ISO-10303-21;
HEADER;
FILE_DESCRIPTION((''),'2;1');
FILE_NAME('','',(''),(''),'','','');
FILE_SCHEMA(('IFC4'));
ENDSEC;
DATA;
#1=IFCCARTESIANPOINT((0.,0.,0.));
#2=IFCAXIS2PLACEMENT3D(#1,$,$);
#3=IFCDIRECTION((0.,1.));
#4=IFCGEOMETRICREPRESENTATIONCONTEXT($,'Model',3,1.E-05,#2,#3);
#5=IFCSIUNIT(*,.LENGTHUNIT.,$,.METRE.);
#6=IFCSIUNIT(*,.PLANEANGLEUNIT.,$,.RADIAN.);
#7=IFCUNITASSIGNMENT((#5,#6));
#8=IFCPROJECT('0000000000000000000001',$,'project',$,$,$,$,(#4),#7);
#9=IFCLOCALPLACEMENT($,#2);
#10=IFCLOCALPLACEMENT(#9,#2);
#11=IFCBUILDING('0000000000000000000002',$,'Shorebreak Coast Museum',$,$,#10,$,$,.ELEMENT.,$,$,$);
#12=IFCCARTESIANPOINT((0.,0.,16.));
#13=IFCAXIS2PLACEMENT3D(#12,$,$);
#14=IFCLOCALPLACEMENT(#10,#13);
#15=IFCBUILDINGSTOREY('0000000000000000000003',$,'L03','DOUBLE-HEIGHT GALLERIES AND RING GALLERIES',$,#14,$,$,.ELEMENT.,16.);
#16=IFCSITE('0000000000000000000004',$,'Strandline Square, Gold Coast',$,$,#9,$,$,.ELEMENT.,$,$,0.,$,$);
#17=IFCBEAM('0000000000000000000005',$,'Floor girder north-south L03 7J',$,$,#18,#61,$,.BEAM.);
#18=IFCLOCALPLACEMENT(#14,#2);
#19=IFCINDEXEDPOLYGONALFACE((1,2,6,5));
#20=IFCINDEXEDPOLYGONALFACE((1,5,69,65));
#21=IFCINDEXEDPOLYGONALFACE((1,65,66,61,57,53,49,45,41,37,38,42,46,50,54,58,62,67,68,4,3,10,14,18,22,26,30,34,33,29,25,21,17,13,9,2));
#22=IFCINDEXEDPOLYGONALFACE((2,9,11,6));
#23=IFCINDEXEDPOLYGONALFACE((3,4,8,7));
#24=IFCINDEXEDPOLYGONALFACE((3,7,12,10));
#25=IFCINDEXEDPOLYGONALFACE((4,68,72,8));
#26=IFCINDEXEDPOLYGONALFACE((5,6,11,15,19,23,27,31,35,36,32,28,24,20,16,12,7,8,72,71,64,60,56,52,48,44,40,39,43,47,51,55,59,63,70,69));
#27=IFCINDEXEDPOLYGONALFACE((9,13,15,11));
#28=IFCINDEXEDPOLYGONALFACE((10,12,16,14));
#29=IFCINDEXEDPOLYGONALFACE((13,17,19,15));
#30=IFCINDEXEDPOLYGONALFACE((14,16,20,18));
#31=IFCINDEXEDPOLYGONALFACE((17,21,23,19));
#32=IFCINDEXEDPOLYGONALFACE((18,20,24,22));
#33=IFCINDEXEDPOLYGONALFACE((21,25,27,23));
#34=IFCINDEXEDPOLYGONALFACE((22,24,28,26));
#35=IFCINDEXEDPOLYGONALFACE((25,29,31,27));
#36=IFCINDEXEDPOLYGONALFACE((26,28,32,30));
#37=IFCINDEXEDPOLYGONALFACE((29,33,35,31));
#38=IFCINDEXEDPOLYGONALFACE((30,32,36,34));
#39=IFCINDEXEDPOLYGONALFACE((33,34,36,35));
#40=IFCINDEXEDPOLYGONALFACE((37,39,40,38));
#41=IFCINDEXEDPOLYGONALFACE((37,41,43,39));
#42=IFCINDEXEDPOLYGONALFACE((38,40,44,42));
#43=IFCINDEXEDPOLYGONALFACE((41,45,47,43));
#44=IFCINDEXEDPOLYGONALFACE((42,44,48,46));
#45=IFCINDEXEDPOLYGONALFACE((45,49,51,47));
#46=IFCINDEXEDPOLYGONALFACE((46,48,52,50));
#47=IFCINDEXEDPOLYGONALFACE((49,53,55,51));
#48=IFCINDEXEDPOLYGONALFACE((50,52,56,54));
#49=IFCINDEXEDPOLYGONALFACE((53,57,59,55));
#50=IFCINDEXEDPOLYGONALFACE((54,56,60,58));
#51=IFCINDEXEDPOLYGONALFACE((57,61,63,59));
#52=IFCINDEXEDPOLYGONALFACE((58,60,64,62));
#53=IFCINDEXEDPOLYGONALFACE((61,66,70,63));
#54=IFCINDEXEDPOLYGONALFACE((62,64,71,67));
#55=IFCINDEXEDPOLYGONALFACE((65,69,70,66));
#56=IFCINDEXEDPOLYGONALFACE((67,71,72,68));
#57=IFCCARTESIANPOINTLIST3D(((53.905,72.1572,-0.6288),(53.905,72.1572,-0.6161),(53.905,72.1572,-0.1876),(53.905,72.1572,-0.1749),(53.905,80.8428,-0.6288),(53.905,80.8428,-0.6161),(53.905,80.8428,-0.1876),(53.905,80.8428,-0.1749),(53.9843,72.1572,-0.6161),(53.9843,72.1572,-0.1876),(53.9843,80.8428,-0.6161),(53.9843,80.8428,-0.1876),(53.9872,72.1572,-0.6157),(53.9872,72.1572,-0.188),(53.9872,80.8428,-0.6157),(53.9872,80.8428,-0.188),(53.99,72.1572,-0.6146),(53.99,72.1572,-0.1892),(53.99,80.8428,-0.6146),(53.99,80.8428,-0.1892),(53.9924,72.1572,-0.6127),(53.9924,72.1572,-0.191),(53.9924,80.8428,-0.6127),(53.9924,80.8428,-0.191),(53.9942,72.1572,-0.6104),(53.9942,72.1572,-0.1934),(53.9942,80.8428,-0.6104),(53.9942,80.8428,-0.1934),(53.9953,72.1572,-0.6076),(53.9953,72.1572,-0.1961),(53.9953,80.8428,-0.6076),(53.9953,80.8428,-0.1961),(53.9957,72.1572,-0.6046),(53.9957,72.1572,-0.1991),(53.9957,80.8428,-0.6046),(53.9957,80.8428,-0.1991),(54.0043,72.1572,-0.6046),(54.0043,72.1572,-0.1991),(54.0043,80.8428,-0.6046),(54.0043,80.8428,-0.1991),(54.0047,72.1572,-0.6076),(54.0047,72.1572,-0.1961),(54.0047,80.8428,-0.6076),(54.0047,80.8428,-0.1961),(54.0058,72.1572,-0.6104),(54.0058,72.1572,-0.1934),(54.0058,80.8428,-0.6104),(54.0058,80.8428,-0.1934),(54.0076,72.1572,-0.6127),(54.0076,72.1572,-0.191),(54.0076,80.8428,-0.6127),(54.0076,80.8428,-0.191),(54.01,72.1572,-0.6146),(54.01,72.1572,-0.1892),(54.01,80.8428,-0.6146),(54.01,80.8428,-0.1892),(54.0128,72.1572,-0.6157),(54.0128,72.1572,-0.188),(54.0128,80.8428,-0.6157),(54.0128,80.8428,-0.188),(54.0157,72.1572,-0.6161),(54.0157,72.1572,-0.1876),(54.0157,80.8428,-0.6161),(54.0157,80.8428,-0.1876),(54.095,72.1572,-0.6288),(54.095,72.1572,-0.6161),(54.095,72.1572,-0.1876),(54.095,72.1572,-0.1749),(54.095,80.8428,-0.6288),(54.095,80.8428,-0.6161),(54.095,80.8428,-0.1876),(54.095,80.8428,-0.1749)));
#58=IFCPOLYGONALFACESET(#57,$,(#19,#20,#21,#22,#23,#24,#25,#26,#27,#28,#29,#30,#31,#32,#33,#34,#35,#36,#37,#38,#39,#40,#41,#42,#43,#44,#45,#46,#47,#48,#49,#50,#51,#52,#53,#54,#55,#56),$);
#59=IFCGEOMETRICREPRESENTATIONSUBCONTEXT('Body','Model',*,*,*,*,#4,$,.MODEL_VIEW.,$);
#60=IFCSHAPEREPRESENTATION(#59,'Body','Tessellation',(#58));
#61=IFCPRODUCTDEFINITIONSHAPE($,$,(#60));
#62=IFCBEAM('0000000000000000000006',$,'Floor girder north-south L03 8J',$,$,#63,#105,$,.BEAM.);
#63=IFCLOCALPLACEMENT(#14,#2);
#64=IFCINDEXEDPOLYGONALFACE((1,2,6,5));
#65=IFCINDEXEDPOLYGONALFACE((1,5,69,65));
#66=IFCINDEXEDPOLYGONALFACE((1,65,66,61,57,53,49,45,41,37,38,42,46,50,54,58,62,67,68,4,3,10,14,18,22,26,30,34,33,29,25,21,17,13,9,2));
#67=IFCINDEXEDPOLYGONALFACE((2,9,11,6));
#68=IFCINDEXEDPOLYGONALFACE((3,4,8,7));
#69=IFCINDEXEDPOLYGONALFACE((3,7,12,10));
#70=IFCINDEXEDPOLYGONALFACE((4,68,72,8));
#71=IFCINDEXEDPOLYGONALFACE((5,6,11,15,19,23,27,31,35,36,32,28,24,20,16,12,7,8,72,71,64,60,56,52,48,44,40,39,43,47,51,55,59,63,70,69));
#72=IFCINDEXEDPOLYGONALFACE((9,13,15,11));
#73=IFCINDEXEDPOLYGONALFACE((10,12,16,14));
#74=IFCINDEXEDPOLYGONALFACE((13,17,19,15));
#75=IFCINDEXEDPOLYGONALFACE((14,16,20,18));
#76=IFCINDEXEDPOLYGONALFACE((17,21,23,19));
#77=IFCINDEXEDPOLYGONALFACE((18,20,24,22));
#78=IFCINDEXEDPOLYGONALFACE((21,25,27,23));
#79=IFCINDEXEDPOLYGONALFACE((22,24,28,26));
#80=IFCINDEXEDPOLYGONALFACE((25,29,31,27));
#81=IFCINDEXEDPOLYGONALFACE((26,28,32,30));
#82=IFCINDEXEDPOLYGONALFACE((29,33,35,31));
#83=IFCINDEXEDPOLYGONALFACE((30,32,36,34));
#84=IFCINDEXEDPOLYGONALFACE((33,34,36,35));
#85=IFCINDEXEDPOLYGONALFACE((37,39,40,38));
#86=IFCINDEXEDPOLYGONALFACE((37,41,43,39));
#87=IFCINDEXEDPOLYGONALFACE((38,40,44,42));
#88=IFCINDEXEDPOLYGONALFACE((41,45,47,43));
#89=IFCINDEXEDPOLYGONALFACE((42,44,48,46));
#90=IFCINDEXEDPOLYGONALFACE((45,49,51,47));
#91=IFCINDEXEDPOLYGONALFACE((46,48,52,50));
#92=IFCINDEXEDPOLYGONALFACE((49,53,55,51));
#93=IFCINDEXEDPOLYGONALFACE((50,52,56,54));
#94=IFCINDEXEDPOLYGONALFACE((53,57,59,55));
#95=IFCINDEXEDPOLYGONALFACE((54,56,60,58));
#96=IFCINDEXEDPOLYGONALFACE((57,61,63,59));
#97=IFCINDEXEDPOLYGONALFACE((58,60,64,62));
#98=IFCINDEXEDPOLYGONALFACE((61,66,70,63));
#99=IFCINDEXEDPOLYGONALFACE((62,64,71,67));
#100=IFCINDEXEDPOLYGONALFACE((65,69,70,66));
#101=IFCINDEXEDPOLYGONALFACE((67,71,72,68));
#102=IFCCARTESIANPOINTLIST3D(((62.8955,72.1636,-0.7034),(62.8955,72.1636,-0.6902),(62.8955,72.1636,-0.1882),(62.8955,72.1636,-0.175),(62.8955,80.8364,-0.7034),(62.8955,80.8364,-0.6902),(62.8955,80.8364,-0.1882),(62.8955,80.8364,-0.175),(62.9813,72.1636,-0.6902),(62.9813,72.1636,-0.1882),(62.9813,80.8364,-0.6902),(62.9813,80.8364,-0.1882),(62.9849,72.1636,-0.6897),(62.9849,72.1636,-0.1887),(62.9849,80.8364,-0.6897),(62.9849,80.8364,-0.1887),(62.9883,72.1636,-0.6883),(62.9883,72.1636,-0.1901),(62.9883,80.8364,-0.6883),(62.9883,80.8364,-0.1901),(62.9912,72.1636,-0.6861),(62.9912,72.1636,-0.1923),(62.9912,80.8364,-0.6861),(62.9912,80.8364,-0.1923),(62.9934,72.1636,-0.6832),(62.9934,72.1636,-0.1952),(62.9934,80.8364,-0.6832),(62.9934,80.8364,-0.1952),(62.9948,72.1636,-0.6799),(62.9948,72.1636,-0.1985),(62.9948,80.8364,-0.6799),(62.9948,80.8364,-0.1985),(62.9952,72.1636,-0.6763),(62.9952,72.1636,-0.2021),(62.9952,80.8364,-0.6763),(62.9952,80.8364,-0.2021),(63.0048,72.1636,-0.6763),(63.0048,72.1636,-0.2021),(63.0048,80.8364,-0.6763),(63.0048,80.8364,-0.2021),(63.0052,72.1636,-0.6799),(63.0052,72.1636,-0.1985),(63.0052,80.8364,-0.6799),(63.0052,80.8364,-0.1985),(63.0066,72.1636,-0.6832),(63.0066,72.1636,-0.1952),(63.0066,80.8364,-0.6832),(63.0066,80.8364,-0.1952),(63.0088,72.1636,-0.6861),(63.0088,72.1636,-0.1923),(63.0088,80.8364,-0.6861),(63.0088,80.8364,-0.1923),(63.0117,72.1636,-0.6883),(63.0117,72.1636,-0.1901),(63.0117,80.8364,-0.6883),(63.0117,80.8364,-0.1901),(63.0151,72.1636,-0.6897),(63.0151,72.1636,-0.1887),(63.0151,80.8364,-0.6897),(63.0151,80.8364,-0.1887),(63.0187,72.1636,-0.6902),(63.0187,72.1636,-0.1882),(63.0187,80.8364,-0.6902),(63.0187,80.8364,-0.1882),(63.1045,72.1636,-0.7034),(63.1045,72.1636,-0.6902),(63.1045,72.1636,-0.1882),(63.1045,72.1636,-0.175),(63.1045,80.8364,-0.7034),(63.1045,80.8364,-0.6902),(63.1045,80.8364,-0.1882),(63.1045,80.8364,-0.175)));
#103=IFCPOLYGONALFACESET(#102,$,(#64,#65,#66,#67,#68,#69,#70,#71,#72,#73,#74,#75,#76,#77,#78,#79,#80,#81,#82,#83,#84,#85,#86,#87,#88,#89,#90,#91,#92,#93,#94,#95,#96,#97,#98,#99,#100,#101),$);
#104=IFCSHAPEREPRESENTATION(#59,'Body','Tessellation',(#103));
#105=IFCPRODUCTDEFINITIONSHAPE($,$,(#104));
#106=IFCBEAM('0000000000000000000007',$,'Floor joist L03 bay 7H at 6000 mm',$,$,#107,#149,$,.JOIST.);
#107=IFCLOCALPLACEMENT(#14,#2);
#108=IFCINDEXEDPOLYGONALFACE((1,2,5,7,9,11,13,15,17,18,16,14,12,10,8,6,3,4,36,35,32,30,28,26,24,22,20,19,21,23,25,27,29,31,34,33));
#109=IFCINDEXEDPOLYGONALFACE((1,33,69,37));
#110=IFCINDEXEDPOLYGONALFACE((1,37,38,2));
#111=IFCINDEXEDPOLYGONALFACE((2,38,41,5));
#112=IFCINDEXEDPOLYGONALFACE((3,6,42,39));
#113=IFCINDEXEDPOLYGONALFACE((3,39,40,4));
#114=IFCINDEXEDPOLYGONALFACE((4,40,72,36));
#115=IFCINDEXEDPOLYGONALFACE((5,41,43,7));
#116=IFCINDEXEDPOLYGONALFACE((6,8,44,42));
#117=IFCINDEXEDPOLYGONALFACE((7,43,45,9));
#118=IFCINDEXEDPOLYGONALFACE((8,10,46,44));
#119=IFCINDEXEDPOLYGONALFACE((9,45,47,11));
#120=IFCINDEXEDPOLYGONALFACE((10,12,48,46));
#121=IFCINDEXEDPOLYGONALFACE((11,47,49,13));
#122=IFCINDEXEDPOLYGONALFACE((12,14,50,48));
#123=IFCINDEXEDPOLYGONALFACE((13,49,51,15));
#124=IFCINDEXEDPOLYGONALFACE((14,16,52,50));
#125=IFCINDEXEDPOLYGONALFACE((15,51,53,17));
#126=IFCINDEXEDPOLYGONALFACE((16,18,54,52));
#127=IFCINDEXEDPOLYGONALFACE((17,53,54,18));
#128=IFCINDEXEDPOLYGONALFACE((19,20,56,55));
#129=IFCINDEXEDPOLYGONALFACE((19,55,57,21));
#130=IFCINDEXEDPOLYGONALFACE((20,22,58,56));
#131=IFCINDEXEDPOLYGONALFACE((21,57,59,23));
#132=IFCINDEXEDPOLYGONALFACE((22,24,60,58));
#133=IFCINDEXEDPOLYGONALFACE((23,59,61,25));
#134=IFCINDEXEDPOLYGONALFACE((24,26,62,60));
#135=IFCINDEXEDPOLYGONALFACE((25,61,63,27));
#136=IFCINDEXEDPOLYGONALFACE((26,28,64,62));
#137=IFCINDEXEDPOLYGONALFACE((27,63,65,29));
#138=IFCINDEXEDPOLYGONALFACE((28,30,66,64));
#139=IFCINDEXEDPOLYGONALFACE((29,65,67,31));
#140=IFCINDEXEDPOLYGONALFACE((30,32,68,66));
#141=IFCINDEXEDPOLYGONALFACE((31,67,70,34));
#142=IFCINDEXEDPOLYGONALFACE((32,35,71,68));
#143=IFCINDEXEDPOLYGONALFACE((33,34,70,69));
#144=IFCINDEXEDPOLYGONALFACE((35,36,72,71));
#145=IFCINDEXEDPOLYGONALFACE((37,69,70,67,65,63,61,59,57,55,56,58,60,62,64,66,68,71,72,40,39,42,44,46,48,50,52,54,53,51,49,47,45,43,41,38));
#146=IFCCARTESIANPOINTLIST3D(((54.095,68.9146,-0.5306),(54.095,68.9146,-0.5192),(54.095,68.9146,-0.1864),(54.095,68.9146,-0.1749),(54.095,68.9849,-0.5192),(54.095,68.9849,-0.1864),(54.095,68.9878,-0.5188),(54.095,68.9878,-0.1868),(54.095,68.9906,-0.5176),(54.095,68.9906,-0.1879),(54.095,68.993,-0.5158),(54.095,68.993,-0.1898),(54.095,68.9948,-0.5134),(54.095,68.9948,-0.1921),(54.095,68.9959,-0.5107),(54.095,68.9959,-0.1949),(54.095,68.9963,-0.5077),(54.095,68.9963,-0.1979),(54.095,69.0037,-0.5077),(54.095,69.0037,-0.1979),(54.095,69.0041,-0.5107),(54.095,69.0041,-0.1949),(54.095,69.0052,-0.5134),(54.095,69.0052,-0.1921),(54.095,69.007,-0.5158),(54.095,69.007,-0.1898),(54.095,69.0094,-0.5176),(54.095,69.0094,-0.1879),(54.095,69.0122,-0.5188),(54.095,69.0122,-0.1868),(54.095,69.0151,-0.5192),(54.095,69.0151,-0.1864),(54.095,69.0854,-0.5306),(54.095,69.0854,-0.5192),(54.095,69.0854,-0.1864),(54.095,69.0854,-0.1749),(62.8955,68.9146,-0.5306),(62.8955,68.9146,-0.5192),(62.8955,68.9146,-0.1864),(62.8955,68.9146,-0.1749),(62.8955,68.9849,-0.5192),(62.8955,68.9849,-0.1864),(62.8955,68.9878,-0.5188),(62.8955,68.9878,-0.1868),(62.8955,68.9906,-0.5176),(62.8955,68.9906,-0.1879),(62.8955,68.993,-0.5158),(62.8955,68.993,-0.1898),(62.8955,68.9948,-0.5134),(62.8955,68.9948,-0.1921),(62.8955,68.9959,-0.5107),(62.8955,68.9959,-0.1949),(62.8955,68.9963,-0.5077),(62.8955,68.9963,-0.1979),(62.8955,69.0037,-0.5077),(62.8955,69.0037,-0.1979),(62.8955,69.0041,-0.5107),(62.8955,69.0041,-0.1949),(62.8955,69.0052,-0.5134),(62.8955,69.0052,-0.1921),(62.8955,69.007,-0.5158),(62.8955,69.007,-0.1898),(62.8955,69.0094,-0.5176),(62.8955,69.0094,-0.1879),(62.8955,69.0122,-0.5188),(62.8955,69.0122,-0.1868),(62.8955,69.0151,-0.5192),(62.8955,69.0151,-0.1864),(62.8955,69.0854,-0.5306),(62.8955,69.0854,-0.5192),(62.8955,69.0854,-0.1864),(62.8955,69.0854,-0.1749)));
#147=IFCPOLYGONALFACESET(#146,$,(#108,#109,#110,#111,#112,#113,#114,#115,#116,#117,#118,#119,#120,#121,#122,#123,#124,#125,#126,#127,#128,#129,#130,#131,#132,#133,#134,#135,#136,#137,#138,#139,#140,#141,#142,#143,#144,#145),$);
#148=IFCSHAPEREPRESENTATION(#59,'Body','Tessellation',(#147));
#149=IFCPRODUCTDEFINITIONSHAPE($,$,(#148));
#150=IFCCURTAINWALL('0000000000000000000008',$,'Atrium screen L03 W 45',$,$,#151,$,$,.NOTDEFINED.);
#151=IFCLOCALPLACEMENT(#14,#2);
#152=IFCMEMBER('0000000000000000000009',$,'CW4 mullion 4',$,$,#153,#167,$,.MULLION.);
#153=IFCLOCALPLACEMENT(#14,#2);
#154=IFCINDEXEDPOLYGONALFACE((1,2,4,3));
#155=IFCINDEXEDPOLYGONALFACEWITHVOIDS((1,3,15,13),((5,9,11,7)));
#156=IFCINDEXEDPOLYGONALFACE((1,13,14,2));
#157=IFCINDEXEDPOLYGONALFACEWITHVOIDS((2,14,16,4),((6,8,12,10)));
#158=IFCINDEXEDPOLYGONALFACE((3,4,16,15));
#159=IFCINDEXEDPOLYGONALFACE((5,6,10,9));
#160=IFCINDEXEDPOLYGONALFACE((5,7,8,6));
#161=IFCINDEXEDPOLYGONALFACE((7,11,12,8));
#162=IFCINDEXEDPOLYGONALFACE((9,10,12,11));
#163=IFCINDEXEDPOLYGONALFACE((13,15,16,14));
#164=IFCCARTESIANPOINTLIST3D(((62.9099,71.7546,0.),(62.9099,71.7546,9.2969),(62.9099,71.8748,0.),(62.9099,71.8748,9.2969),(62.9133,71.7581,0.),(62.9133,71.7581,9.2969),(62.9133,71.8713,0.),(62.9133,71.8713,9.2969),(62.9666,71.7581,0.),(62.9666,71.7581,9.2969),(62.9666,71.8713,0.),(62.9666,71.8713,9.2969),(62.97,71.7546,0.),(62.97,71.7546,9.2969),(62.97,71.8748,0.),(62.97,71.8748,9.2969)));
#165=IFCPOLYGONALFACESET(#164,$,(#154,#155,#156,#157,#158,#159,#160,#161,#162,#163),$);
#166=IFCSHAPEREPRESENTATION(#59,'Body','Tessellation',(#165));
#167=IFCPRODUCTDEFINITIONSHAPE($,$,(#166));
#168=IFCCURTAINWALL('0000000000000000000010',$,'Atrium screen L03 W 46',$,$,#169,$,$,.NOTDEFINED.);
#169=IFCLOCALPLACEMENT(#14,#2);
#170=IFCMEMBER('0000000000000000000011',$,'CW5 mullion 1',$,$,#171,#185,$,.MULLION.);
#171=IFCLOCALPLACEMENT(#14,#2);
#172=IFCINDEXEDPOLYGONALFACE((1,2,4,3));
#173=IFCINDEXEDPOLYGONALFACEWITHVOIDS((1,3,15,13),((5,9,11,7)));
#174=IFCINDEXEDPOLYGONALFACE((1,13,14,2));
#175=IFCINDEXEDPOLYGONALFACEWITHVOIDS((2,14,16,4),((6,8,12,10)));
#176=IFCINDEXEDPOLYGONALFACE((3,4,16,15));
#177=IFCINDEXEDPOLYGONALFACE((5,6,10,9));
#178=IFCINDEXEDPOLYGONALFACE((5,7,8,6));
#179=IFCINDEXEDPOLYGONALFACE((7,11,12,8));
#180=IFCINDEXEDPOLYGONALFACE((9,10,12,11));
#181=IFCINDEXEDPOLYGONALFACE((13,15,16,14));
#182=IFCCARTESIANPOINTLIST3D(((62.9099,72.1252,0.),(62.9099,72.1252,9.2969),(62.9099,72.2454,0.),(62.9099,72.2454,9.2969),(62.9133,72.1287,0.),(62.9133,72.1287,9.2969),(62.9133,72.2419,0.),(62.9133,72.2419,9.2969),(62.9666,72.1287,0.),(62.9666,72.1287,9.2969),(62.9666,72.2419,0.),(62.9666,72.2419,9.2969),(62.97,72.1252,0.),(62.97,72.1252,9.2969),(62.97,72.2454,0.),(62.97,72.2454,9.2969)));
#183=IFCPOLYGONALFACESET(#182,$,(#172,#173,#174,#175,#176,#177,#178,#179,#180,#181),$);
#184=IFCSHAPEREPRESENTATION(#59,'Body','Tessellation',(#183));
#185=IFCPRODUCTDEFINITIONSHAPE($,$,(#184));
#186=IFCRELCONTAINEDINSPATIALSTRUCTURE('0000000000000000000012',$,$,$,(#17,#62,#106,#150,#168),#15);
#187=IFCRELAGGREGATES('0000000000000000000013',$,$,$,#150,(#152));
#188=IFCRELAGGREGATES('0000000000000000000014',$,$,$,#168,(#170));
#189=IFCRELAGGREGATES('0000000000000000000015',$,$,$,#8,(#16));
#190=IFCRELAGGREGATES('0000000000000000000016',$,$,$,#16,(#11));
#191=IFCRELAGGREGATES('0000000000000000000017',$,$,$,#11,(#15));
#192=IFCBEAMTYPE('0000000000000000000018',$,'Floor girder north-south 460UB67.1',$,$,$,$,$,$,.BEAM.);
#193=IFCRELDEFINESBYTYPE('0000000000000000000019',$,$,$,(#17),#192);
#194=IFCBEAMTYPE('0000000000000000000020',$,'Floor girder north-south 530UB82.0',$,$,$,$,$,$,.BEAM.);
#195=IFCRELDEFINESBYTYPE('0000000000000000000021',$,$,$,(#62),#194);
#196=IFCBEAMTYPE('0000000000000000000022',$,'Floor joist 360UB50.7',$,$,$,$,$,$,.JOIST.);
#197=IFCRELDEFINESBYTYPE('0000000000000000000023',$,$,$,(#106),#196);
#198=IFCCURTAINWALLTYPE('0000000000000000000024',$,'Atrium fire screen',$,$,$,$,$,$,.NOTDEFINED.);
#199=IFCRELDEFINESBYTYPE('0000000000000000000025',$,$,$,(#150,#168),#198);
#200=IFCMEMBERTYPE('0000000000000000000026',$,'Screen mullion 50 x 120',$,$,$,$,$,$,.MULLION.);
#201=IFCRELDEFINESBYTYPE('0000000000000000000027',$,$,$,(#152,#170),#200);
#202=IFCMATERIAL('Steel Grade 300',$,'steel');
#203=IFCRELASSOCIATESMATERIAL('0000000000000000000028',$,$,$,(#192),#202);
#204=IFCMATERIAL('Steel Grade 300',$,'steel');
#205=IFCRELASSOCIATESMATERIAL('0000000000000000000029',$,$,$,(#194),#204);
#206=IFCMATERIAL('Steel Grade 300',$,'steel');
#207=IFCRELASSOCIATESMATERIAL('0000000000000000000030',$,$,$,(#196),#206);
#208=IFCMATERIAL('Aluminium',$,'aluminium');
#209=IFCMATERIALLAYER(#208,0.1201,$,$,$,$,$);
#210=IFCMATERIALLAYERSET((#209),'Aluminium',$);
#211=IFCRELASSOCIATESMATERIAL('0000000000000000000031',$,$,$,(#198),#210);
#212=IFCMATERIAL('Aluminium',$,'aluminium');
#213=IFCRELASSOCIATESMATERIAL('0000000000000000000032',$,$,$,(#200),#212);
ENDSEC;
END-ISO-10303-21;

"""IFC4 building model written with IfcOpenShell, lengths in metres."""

from ifc_helpers import new_model, si_unit, direction, frame, origin, origin_2d, place, context, subcontext, project, spatial, hollow_rectangle, i_section, extrude, material, layer, layer_set, material_profile, profile_set, type_object, element, aggregate, save


model = new_model("IFC4")

# Units and contexts
model_context = context("Model", 3, precision=1e-05, world=origin(), true_north=direction((0.0, 1.0)))
body_context = subcontext(model_context, "Body", "Model", "MODEL_VIEW")
ifc_project = project(units=[si_unit("LENGTHUNIT", "METRE"), si_unit("PLANEANGLEUNIT", "RADIAN")], contexts=[model_context])

# Site, building, storey
site_placement = place(None, origin())
site = spatial("IfcSite", under=ifc_project, at=site_placement, Name="Strandline Square, Gold Coast", CompositionType="ELEMENT", RefElevation=0.0)
building_placement = place(site_placement, origin())
building = spatial("IfcBuilding", under=site, at=building_placement, Name="Shorebreak Coast Museum", CompositionType="ELEMENT")
storey_placement = place(building_placement, frame((0.0, 0.0, 16.0)))
storey = spatial("IfcBuildingStorey", under=building, at=storey_placement, Name="L03", Description="DOUBLE-HEIGHT GALLERIES AND RING GALLERIES", CompositionType="ELEMENT", Elevation=16.0)

# Beams
ifc_material_1 = material(Name="Steel Grade 300", Category="steel")
ifc_material_profile_1 = material_profile(ifc_material_1, i_section(OverallWidth=0.1899, OverallDepth=0.4539, WebThickness=0.0085, FlangeThickness=0.0127, FilletRadius=0.0115, at=origin_2d()), Name="460UB67.1")
ifc_profile_set_1 = profile_set([ifc_material_profile_1], Name="Steel Grade 300")
beam_type_1 = type_object("IfcBeamType", Name="Floor girder north-south 460UB67.1", PredefinedType="BEAM", material=ifc_profile_set_1)
beam_1_placement = place(storey_placement, frame((54.0, 72.1572, -0.4019), z_axis=(0.0, 1.0, 0.0), x_axis=(-1.0, 0.0, 0.0)))
element("IfcBeam", 1, at=beam_1_placement, inside=storey, type_object=beam_type_1, Name="Floor girder north-south L03 7J", PredefinedType="BEAM", context=body_context, shape_type="SweptSolid", body=[
    extrude(i_section(OverallWidth=0.1899, OverallDepth=0.4539, WebThickness=0.0085, FlangeThickness=0.0127, FilletRadius=0.0115, at=origin_2d()), origin(), (0.0, 0.0, 1.0), 8.6855),
])
ifc_material_2 = material(Name="Steel Grade 300", Category="steel")
ifc_material_profile_2 = material_profile(ifc_material_2, i_section(OverallWidth=0.209, OverallDepth=0.5283, WebThickness=0.0095, FlangeThickness=0.0132, FilletRadius=0.0139, at=origin_2d()), Name="530UB82.0")
ifc_profile_set_2 = profile_set([ifc_material_profile_2], Name="Steel Grade 300")
beam_type_2 = type_object("IfcBeamType", Name="Floor girder north-south 530UB82.0", PredefinedType="BEAM", material=ifc_profile_set_2)
beam_2_placement = place(storey_placement, frame((63.0, 72.1636, -0.4392), z_axis=(0.0, 1.0, 0.0), x_axis=(-1.0, 0.0, 0.0)))
element("IfcBeam", 2, at=beam_2_placement, inside=storey, type_object=beam_type_2, Name="Floor girder north-south L03 8J", PredefinedType="BEAM", context=body_context, shape_type="SweptSolid", body=[
    extrude(i_section(OverallWidth=0.209, OverallDepth=0.5283, WebThickness=0.0095, FlangeThickness=0.0132, FilletRadius=0.0139, at=origin_2d()), origin(), (0.0, 0.0, 1.0), 8.6729),
])
ifc_material_3 = material(Name="Steel Grade 300", Category="steel")
ifc_material_profile_3 = material_profile(ifc_material_3, i_section(OverallWidth=0.1709, OverallDepth=0.3557, WebThickness=0.0073, FlangeThickness=0.0115, FilletRadius=0.0115, at=origin_2d()), Name="360UB50.7")
ifc_profile_set_3 = profile_set([ifc_material_profile_3], Name="Steel Grade 300")
beam_type_3 = type_object("IfcBeamType", Name="Floor joist 360UB50.7", PredefinedType="JOIST", material=ifc_profile_set_3)
beam_3_placement = place(storey_placement, frame((54.095, 69.0, -0.3528), z_axis=(1.0, 0.0, 0.0), x_axis=(0.0, 1.0, 0.0)))
element("IfcBeam", 3, at=beam_3_placement, inside=storey, type_object=beam_type_3, Name="Floor joist L03 bay 7H at 6000 mm", PredefinedType="JOIST", context=body_context, shape_type="SweptSolid", body=[
    extrude(i_section(OverallWidth=0.1709, OverallDepth=0.3557, WebThickness=0.0073, FlangeThickness=0.0115, FilletRadius=0.0115, at=origin_2d()), origin(), (0.0, 0.0, 1.0), 8.8005),
])

# Curtain walls, members
ifc_material_4 = material(Name="Aluminium", Category="aluminium")
ifc_layer_1 = layer(ifc_material_4, 0.1201)
ifc_layer_set_1 = layer_set([ifc_layer_1], Name="Aluminium")
curtain_wall_type = type_object("IfcCurtainWallType", Name="Atrium fire screen", PredefinedType="NOTDEFINED", material=ifc_layer_set_1)
curtain_wall_1_placement = place(storey_placement, origin())
curtain_wall_1 = element("IfcCurtainWall", 4, at=curtain_wall_1_placement, inside=storey, type_object=curtain_wall_type, Name="Atrium screen L03 W 45", PredefinedType="NOTDEFINED")
ifc_material_5 = material(Name="Aluminium", Category="aluminium")
ifc_material_profile_4 = material_profile(ifc_material_5, hollow_rectangle(XDim=0.0601, YDim=0.1201, WallThickness=0.0034, at=origin_2d()), Name="AL 120x60 RHS")
ifc_profile_set_4 = profile_set([ifc_material_profile_4], Name="Aluminium")
member_type_1 = type_object("IfcMemberType", Name="Screen mullion 50 x 120", PredefinedType="MULLION", material=ifc_profile_set_4)
member_1_placement = place(storey_placement, frame((62.9399, 71.8147, 0.0), z_axis=(0.0, 0.0, 1.0), x_axis=(-1.0, 0.0, 0.0)))
member_1 = element("IfcMember", 5, at=member_1_placement, type_object=member_type_1, Name="CW4 mullion 4", PredefinedType="MULLION", context=body_context, shape_type="SweptSolid", body=[
    extrude(hollow_rectangle(XDim=0.0601, YDim=0.1201, WallThickness=0.0034, at=origin_2d()), origin(), (0.0, 0.0, 1.0), 9.2969),
])
curtain_wall_2_placement = place(storey_placement, origin())
curtain_wall_2 = element("IfcCurtainWall", 6, at=curtain_wall_2_placement, inside=storey, type_object=curtain_wall_type, Name="Atrium screen L03 W 46", PredefinedType="NOTDEFINED")
member_2_placement = place(storey_placement, frame((62.9399, 72.1853, 0.0), z_axis=(0.0, 0.0, 1.0), x_axis=(-1.0, 0.0, 0.0)))
member_2 = element("IfcMember", 7, at=member_2_placement, type_object=member_type_1, Name="CW5 mullion 1", PredefinedType="MULLION", context=body_context, shape_type="SweptSolid", body=[
    extrude(hollow_rectangle(XDim=0.0601, YDim=0.1201, WallThickness=0.0034, at=origin_2d()), origin(), (0.0, 0.0, 1.0), 9.2969),
])

aggregate(curtain_wall_1, [member_1])
aggregate(curtain_wall_2, [member_2])

save(model, "model.ifc")
